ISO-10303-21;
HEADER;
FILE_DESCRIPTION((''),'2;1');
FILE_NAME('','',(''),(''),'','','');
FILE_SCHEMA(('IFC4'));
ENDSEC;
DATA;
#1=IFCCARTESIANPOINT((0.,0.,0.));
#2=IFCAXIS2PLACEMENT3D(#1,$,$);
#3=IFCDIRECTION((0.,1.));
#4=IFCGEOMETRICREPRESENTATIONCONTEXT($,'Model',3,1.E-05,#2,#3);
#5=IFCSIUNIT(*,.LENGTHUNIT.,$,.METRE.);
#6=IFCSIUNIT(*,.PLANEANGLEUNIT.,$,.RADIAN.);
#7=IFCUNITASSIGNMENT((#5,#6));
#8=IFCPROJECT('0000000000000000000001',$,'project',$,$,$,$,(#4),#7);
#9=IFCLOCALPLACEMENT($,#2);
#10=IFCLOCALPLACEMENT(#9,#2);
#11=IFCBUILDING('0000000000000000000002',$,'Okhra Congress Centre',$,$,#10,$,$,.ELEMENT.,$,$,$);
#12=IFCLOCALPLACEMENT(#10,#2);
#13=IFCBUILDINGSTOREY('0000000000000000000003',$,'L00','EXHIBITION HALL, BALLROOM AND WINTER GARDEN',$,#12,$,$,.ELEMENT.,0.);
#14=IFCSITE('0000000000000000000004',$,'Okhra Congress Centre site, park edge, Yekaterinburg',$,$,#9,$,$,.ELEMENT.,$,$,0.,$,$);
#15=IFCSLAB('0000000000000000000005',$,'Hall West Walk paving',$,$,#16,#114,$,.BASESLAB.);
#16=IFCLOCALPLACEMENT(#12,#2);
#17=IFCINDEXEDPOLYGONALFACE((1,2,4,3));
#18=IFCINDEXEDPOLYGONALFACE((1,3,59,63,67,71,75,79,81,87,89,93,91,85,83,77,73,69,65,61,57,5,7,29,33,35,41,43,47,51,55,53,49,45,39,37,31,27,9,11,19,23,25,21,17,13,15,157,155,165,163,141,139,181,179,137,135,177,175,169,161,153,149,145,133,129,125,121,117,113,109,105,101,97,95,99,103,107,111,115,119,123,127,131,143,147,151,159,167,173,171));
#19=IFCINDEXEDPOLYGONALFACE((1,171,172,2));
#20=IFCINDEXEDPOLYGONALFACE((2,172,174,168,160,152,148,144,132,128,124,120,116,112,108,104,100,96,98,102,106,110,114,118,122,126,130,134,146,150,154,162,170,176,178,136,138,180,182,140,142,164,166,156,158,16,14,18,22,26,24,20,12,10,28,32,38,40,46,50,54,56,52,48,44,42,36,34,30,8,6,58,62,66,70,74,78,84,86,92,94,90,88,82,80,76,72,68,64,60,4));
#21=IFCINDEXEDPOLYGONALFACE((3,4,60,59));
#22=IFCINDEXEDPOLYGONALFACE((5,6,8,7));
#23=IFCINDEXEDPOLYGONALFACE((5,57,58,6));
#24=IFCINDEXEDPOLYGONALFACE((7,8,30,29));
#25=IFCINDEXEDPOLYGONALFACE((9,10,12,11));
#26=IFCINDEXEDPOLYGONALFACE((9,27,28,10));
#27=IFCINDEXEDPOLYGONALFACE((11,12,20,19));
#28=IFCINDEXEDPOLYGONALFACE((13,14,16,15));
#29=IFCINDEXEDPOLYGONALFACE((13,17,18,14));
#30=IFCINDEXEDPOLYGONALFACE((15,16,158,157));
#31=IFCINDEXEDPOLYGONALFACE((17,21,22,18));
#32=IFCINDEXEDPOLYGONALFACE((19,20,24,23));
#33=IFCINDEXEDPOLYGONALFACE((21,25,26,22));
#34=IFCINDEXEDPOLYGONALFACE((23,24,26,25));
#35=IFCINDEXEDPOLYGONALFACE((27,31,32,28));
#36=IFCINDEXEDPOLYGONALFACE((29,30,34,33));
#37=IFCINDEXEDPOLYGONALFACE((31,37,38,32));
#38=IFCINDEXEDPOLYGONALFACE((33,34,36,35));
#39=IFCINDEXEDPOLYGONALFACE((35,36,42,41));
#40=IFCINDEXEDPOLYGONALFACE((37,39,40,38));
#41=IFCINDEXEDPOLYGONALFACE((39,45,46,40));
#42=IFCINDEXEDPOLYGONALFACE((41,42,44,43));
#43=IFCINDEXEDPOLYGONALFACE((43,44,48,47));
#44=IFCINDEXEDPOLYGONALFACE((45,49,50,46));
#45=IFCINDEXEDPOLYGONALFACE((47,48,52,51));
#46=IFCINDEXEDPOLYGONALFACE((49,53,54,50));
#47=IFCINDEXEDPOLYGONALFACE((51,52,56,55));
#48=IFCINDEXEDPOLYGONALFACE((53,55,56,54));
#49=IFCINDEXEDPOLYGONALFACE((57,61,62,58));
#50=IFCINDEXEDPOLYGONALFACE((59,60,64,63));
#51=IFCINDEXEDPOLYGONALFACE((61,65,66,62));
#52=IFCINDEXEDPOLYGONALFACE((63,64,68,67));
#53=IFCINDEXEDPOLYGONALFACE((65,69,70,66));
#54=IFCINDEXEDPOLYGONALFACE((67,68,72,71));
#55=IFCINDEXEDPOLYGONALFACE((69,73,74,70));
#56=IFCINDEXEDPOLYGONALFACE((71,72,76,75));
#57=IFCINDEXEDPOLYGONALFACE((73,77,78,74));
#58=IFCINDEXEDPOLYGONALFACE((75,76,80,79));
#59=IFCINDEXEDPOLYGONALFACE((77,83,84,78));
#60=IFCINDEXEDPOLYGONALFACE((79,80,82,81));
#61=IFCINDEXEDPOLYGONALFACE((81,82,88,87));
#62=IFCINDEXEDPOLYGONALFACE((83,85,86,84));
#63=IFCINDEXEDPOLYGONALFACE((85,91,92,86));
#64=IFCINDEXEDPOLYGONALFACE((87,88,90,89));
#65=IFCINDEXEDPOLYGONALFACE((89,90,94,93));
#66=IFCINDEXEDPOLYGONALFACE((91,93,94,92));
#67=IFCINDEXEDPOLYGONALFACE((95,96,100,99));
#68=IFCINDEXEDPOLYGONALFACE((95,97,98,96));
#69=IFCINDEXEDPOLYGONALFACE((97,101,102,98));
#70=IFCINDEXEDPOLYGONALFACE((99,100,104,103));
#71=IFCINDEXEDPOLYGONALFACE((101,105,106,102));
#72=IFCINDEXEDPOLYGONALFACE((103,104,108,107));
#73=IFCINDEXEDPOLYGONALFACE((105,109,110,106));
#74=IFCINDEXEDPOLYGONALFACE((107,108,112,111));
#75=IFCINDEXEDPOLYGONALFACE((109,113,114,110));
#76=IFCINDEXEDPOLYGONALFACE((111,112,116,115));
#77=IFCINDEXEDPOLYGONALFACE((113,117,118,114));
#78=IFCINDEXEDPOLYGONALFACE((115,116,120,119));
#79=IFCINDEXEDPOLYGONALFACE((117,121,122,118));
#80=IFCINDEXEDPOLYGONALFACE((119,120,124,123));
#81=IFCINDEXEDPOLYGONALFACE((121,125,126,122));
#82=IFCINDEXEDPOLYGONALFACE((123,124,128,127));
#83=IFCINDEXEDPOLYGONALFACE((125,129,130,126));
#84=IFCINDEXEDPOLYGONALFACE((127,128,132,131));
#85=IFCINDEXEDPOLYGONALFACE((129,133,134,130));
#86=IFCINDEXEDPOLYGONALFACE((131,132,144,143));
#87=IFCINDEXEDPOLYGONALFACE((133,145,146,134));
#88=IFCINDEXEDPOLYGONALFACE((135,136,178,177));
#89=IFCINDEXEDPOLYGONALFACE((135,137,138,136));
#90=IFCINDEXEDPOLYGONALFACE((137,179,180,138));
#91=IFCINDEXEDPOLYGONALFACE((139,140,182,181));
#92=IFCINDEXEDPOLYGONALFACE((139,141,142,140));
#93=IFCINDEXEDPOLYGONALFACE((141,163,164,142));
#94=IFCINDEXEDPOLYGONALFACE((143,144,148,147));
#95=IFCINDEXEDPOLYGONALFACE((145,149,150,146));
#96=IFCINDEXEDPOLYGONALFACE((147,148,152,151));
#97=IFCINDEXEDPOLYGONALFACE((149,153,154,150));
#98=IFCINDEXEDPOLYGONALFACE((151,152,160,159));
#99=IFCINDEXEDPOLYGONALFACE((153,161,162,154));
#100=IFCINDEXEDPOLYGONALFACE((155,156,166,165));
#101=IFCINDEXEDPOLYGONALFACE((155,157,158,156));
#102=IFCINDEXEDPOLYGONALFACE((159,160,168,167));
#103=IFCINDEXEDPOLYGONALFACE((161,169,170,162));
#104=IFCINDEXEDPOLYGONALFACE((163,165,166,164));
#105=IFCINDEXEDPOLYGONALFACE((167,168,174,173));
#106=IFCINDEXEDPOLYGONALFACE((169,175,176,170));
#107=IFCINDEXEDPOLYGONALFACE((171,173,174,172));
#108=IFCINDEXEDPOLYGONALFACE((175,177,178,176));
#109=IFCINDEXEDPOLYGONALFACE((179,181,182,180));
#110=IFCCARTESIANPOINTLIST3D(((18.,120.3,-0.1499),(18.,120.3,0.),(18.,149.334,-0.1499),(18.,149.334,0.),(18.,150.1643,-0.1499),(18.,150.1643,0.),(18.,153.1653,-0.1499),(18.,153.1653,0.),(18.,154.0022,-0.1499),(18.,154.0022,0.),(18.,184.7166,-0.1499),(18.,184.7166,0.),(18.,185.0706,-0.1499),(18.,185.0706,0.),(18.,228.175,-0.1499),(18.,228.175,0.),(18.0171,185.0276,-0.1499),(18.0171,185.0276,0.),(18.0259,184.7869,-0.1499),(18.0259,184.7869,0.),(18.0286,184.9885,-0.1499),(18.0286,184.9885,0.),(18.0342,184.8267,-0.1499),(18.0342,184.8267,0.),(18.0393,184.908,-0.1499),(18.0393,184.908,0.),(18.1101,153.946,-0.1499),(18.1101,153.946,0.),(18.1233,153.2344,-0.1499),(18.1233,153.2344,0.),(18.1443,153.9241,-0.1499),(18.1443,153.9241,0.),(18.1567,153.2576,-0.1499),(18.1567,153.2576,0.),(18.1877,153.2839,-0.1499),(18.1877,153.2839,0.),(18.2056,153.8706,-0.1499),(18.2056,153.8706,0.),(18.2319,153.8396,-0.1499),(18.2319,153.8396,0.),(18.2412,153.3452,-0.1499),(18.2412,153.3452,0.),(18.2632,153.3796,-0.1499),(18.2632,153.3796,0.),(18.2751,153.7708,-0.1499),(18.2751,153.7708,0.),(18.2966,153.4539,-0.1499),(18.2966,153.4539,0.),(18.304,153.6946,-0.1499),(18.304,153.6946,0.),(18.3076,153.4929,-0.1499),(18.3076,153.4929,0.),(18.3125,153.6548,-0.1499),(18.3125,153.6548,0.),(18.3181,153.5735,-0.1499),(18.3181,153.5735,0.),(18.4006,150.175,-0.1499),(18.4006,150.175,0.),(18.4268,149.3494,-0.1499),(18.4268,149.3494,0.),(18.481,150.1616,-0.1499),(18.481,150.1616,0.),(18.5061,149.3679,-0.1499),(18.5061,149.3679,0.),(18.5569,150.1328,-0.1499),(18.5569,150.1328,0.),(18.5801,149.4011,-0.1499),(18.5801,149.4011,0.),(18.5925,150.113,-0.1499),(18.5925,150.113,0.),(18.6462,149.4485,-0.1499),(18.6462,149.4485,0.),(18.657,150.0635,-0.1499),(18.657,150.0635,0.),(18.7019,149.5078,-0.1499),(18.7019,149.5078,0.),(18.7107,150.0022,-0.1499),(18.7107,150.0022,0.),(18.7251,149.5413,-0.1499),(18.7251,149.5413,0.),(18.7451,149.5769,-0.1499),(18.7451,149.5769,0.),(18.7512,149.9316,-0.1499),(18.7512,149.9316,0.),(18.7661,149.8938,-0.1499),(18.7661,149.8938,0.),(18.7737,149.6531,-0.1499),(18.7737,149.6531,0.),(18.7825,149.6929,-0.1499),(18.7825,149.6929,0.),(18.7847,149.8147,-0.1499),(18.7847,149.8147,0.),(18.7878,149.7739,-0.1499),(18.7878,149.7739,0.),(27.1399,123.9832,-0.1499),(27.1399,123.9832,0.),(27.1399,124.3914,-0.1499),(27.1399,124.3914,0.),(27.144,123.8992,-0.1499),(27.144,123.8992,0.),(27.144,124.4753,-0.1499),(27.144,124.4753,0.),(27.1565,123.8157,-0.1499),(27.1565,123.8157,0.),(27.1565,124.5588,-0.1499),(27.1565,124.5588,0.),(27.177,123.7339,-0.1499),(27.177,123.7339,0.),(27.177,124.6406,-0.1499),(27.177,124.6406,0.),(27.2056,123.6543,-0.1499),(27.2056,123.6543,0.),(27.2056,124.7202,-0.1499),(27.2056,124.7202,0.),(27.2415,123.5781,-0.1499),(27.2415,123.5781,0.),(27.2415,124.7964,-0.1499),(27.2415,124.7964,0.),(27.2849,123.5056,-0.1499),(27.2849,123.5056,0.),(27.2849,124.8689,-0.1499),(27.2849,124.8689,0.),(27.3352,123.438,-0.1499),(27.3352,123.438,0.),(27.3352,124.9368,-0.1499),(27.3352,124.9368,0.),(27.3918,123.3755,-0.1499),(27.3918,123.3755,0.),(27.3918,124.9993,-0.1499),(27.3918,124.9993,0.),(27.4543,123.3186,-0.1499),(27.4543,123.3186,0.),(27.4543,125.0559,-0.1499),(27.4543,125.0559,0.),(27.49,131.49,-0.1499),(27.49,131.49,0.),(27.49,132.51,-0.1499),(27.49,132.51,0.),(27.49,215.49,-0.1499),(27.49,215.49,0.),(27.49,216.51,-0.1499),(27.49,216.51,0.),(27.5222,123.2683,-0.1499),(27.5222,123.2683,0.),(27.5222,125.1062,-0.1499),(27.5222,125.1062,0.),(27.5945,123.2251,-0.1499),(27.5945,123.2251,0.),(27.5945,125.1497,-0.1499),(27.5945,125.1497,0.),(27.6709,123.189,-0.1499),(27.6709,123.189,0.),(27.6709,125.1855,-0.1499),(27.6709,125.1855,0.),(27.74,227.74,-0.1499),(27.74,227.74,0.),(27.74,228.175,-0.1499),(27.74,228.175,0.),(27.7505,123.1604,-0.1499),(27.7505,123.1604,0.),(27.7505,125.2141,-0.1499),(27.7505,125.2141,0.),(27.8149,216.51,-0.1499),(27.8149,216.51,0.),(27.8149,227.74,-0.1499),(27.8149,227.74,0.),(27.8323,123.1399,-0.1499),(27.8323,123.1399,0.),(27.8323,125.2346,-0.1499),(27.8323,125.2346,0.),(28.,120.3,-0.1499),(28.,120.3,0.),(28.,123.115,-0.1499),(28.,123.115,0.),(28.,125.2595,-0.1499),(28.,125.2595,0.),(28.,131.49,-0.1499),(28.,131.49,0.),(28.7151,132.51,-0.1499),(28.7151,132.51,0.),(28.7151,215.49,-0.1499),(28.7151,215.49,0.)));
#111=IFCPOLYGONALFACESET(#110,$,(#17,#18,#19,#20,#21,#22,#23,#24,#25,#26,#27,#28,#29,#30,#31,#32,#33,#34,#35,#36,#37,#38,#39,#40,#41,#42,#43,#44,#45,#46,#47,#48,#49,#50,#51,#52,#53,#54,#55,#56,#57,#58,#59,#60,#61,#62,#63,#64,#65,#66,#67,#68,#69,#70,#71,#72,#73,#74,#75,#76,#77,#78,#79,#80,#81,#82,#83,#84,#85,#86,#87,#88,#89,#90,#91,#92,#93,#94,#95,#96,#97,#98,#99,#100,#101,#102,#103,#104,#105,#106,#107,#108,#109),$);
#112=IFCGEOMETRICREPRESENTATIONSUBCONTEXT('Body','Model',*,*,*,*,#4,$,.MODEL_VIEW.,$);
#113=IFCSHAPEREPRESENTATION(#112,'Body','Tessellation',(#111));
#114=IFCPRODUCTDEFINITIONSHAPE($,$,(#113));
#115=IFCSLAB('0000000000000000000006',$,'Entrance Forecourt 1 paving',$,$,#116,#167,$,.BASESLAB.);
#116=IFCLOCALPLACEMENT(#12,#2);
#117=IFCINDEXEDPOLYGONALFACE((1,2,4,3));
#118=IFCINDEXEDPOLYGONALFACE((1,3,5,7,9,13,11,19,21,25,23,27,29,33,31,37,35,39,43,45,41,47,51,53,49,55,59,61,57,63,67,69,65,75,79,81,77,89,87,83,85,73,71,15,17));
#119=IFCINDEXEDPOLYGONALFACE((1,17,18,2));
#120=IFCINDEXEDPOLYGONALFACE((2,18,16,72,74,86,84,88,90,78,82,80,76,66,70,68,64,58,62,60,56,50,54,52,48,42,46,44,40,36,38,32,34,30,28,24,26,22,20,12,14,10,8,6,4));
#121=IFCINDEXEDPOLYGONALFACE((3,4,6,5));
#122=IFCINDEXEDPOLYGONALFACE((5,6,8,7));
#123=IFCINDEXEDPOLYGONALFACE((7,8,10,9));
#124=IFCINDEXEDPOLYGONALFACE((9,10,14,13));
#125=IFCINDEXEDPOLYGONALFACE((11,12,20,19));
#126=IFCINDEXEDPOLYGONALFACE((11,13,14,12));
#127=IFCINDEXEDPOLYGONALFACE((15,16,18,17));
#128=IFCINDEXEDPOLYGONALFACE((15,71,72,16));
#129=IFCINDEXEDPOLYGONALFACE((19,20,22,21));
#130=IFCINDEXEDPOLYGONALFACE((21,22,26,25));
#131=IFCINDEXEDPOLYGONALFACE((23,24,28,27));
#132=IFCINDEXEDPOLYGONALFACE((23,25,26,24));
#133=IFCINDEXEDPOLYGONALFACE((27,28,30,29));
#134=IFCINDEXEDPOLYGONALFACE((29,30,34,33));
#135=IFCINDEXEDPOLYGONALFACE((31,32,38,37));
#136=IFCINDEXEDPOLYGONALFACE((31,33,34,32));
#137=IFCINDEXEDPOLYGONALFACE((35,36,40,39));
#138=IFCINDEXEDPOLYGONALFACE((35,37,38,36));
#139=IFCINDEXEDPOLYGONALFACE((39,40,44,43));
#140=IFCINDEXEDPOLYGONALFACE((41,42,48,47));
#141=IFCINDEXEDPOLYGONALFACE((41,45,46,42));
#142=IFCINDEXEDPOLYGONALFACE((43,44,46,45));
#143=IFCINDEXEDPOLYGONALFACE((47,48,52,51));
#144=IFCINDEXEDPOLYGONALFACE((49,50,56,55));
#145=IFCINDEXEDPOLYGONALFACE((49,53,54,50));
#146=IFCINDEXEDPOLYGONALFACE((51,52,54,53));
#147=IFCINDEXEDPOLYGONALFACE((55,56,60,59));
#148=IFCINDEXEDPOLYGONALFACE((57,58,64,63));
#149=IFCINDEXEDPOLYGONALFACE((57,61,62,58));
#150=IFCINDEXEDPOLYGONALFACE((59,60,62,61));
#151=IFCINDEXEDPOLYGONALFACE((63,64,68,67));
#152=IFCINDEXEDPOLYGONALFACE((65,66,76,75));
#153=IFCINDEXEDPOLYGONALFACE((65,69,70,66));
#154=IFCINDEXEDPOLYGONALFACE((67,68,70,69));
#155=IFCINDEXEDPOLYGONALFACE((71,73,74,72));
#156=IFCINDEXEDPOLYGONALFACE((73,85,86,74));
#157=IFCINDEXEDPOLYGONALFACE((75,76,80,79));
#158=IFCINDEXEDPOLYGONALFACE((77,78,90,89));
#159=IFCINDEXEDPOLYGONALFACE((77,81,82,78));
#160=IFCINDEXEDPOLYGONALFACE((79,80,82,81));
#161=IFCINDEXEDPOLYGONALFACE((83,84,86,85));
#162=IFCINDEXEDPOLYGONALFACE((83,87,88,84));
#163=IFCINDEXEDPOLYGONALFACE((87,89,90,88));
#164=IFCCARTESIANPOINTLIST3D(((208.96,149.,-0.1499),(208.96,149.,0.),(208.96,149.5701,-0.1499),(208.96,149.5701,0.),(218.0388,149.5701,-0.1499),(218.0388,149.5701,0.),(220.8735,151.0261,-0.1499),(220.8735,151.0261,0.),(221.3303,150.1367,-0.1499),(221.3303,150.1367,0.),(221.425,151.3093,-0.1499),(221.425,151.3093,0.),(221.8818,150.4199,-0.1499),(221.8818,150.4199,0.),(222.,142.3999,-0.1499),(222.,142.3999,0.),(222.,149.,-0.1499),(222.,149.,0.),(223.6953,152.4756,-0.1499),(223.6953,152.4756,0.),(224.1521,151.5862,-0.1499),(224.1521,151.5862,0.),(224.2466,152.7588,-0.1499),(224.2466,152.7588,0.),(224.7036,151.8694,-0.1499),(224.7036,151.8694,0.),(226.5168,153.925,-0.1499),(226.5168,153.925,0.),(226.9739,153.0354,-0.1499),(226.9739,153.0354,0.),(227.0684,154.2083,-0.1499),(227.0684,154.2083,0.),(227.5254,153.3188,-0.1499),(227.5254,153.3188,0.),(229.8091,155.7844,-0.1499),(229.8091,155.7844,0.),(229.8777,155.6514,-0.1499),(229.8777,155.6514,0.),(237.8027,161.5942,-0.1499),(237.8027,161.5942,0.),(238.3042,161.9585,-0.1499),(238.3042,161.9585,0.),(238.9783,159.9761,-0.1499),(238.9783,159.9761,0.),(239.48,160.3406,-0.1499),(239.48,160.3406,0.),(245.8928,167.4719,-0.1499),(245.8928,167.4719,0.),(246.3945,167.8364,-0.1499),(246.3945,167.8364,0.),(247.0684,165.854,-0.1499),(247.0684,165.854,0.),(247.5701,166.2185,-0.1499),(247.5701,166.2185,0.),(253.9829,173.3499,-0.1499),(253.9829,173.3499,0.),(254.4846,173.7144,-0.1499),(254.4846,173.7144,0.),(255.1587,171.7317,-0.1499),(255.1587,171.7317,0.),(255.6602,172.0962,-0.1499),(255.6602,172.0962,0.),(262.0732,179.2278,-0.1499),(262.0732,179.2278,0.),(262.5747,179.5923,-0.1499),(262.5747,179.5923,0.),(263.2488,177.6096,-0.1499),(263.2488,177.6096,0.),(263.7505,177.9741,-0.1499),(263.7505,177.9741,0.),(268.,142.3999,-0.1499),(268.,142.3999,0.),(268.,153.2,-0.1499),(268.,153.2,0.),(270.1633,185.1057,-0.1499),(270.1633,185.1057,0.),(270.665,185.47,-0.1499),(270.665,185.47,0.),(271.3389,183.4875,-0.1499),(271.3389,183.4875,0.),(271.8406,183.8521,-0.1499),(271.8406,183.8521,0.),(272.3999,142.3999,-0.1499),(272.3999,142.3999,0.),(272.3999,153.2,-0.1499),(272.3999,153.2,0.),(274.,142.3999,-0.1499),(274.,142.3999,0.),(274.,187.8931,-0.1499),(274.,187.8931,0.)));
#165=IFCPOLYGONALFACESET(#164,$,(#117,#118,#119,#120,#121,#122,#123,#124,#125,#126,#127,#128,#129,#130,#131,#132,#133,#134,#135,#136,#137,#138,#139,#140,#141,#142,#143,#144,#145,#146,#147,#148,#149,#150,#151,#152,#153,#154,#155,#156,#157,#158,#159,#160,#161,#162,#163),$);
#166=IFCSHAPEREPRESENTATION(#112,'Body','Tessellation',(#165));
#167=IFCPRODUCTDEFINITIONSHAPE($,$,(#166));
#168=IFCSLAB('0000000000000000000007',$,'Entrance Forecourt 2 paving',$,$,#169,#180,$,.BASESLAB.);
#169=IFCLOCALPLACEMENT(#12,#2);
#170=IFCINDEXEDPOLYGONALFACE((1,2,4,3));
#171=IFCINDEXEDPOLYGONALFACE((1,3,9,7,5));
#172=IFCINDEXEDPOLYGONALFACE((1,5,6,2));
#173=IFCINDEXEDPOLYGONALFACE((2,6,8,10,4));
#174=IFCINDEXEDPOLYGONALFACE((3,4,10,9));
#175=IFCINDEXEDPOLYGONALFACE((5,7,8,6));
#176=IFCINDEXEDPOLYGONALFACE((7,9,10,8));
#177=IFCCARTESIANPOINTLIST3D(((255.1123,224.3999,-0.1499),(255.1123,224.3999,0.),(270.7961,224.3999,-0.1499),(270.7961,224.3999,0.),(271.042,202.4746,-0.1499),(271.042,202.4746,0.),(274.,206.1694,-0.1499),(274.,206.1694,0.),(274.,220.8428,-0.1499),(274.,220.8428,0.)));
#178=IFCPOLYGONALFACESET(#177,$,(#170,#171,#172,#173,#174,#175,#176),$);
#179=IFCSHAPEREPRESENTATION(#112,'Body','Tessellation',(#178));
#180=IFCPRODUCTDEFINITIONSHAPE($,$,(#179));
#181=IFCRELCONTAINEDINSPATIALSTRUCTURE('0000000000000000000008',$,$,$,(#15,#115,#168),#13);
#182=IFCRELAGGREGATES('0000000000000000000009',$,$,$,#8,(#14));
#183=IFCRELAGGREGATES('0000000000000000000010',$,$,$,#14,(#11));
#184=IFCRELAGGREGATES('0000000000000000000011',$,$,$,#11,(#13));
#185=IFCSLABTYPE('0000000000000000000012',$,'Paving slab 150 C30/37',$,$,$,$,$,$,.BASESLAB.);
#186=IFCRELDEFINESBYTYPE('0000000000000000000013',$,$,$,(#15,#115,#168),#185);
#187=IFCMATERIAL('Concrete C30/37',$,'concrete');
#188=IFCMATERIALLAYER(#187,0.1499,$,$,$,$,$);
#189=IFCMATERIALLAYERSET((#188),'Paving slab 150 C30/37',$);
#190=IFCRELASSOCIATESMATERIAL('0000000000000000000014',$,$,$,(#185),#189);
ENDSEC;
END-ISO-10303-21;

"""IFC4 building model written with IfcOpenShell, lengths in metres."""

from ifc_helpers import new_model, si_unit, direction, frame, origin, place, context, subcontext, project, spatial, polyline, outline, extrude, material, layer, layer_set, type_object, element, save


model = new_model("IFC4")

# Units and contexts
model_context = context("Model", 3, precision=1e-05, world=origin(), true_north=direction((0.0, 1.0)))
body_context = subcontext(model_context, "Body", "Model", "MODEL_VIEW")
ifc_project = project(units=[si_unit("LENGTHUNIT", "METRE"), si_unit("PLANEANGLEUNIT", "RADIAN")], contexts=[model_context])

# Site, building, storey
site_placement = place(None, origin())
site = spatial("IfcSite", under=ifc_project, at=site_placement, Name="Okhra Congress Centre site, park edge, Yekaterinburg", CompositionType="ELEMENT", RefElevation=0.0)
building_placement = place(site_placement, origin())
building = spatial("IfcBuilding", under=site, at=building_placement, Name="Okhra Congress Centre", CompositionType="ELEMENT")
storey_placement = place(building_placement, origin())
storey = spatial("IfcBuildingStorey", under=building, at=storey_placement, Name="L00", Description="EXHIBITION HALL, BALLROOM AND WINTER GARDEN", CompositionType="ELEMENT", Elevation=0.0)

# Slabs
ifc_material = material(Name="Concrete C30/37", Category="concrete")
ifc_layer_1 = layer(ifc_material, 0.1499)
ifc_layer_set_1 = layer_set([ifc_layer_1], Name="Paving slab 150 C30/37")
slab_type_1 = type_object("IfcSlabType", Name="Paving slab 150 C30/37", PredefinedType="BASESLAB", material=ifc_layer_set_1)
slab_1_placement = place(storey_placement, frame((0.0, 0.0, -0.1499)))
element("IfcSlab", 1, at=slab_1_placement, inside=storey, type_object=slab_type_1, Name="Hall West Walk paving", PredefinedType="BASESLAB", context=body_context, shape_type="SweptSolid", body=[
    extrude(outline(polyline([(18.0, 150.1643), (18.4006, 150.175), (18.481, 150.1616), (18.5569, 150.1328), (18.5925, 150.113), (18.657, 150.0635), (18.7107, 150.0022), (18.7512, 149.9316), (18.7661, 149.8938), (18.7847, 149.8147), (18.7878, 149.7739), (18.7825, 149.6929), (18.7737, 149.6531), (18.7451, 149.5769), (18.7251, 149.5413), (18.7019, 149.5078), (18.6462, 149.4485), (18.5801, 149.4011), (18.5061, 149.3679), (18.4268, 149.3494), (18.0, 149.334), (18.0, 120.3), (28.0, 120.3), (28.0, 123.115), (27.8323, 123.1399), (27.7505, 123.1604), (27.6709, 123.189), (27.5945, 123.2251), (27.5222, 123.2683), (27.4543, 123.3186), (27.3918, 123.3755), (27.3352, 123.438), (27.2849, 123.5056), (27.2415, 123.5781), (27.2056, 123.6543), (27.177, 123.7339), (27.1565, 123.8157), (27.144, 123.8992), (27.1399, 123.9832), (27.1399, 124.3914), (27.144, 124.4753), (27.1565, 124.5588), (27.177, 124.6406), (27.2056, 124.7202), (27.2415, 124.7964), (27.2849, 124.8689), (27.3352, 124.9368), (27.3918, 124.9993), (27.4543, 125.0559), (27.5222, 125.1062), (27.5945, 125.1497), (27.6709, 125.1855), (27.7505, 125.2141), (27.8323, 125.2346), (28.0, 125.2595), (28.0, 131.49), (27.49, 131.49), (27.49, 132.51), (28.7151, 132.51), (28.7151, 215.49), (27.49, 215.49), (27.49, 216.51), (27.8149, 216.51), (27.8149, 227.74), (27.74, 227.74), (27.74, 228.175), (18.0, 228.175), (18.0, 185.0706), (18.0171, 185.0276), (18.0286, 184.9885), (18.0393, 184.908), (18.0342, 184.8267), (18.0259, 184.7869), (18.0, 184.7166), (18.0, 154.0022), (18.1101, 153.946), (18.1443, 153.9241), (18.2056, 153.8706), (18.2319, 153.8396), (18.2751, 153.7708), (18.304, 153.6946), (18.3125, 153.6548), (18.3181, 153.5735), (18.3076, 153.4929), (18.2966, 153.4539), (18.2632, 153.3796), (18.2412, 153.3452), (18.1877, 153.2839), (18.1567, 153.2576), (18.1233, 153.2344), (18.0, 153.1653), (18.0, 150.1643)])), origin(), (0.0, 0.0, 1.0), 0.1499),
])
slab_2_placement = place(storey_placement, frame((0.0, 0.0, -0.1499)))
element("IfcSlab", 2, at=slab_2_placement, inside=storey, type_object=slab_type_1, Name="Entrance Forecourt 1 paving", PredefinedType="BASESLAB", context=body_context, shape_type="SweptSolid", body=[
    extrude(outline(polyline([(208.96, 149.5701), (208.96, 149.0), (222.0, 149.0), (222.0, 142.3999), (268.0, 142.3999), (268.0, 153.2), (272.3999, 153.2), (272.3999, 142.3999), (274.0, 142.3999), (274.0, 187.8931), (270.665, 185.47), (271.8406, 183.8521), (271.3389, 183.4875), (270.1633, 185.1057), (262.5747, 179.5923), (263.7505, 177.9741), (263.2488, 177.6096), (262.0732, 179.2278), (254.4846, 173.7144), (255.6602, 172.0962), (255.1587, 171.7317), (253.9829, 173.3499), (246.3945, 167.8364), (247.5701, 166.2185), (247.0684, 165.854), (245.8928, 167.4719), (238.3042, 161.9585), (239.48, 160.3406), (238.9783, 159.9761), (237.8027, 161.5942), (229.8091, 155.7844), (229.8777, 155.6514), (227.0684, 154.2083), (227.5254, 153.3188), (226.9739, 153.0354), (226.5168, 153.925), (224.2466, 152.7588), (224.7036, 151.8694), (224.1521, 151.5862), (223.6953, 152.4756), (221.425, 151.3093), (221.8818, 150.4199), (221.3303, 150.1367), (220.8735, 151.0261), (218.0388, 149.5701), (208.96, 149.5701)])), origin(), (0.0, 0.0, 1.0), 0.1499),
])
slab_3_placement = place(storey_placement, frame((0.0, 0.0, -0.1499)))
element("IfcSlab", 3, at=slab_3_placement, inside=storey, type_object=slab_type_1, Name="Entrance Forecourt 2 paving", PredefinedType="BASESLAB", context=body_context, shape_type="SweptSolid", body=[
    extrude(outline(polyline([(274.0, 220.8428), (270.7961, 224.3999), (255.1123, 224.3999), (271.042, 202.4746), (274.0, 206.1694), (274.0, 220.8428)])), origin(), (0.0, 0.0, 1.0), 0.1499),
])

save(model, "model.ifc")
